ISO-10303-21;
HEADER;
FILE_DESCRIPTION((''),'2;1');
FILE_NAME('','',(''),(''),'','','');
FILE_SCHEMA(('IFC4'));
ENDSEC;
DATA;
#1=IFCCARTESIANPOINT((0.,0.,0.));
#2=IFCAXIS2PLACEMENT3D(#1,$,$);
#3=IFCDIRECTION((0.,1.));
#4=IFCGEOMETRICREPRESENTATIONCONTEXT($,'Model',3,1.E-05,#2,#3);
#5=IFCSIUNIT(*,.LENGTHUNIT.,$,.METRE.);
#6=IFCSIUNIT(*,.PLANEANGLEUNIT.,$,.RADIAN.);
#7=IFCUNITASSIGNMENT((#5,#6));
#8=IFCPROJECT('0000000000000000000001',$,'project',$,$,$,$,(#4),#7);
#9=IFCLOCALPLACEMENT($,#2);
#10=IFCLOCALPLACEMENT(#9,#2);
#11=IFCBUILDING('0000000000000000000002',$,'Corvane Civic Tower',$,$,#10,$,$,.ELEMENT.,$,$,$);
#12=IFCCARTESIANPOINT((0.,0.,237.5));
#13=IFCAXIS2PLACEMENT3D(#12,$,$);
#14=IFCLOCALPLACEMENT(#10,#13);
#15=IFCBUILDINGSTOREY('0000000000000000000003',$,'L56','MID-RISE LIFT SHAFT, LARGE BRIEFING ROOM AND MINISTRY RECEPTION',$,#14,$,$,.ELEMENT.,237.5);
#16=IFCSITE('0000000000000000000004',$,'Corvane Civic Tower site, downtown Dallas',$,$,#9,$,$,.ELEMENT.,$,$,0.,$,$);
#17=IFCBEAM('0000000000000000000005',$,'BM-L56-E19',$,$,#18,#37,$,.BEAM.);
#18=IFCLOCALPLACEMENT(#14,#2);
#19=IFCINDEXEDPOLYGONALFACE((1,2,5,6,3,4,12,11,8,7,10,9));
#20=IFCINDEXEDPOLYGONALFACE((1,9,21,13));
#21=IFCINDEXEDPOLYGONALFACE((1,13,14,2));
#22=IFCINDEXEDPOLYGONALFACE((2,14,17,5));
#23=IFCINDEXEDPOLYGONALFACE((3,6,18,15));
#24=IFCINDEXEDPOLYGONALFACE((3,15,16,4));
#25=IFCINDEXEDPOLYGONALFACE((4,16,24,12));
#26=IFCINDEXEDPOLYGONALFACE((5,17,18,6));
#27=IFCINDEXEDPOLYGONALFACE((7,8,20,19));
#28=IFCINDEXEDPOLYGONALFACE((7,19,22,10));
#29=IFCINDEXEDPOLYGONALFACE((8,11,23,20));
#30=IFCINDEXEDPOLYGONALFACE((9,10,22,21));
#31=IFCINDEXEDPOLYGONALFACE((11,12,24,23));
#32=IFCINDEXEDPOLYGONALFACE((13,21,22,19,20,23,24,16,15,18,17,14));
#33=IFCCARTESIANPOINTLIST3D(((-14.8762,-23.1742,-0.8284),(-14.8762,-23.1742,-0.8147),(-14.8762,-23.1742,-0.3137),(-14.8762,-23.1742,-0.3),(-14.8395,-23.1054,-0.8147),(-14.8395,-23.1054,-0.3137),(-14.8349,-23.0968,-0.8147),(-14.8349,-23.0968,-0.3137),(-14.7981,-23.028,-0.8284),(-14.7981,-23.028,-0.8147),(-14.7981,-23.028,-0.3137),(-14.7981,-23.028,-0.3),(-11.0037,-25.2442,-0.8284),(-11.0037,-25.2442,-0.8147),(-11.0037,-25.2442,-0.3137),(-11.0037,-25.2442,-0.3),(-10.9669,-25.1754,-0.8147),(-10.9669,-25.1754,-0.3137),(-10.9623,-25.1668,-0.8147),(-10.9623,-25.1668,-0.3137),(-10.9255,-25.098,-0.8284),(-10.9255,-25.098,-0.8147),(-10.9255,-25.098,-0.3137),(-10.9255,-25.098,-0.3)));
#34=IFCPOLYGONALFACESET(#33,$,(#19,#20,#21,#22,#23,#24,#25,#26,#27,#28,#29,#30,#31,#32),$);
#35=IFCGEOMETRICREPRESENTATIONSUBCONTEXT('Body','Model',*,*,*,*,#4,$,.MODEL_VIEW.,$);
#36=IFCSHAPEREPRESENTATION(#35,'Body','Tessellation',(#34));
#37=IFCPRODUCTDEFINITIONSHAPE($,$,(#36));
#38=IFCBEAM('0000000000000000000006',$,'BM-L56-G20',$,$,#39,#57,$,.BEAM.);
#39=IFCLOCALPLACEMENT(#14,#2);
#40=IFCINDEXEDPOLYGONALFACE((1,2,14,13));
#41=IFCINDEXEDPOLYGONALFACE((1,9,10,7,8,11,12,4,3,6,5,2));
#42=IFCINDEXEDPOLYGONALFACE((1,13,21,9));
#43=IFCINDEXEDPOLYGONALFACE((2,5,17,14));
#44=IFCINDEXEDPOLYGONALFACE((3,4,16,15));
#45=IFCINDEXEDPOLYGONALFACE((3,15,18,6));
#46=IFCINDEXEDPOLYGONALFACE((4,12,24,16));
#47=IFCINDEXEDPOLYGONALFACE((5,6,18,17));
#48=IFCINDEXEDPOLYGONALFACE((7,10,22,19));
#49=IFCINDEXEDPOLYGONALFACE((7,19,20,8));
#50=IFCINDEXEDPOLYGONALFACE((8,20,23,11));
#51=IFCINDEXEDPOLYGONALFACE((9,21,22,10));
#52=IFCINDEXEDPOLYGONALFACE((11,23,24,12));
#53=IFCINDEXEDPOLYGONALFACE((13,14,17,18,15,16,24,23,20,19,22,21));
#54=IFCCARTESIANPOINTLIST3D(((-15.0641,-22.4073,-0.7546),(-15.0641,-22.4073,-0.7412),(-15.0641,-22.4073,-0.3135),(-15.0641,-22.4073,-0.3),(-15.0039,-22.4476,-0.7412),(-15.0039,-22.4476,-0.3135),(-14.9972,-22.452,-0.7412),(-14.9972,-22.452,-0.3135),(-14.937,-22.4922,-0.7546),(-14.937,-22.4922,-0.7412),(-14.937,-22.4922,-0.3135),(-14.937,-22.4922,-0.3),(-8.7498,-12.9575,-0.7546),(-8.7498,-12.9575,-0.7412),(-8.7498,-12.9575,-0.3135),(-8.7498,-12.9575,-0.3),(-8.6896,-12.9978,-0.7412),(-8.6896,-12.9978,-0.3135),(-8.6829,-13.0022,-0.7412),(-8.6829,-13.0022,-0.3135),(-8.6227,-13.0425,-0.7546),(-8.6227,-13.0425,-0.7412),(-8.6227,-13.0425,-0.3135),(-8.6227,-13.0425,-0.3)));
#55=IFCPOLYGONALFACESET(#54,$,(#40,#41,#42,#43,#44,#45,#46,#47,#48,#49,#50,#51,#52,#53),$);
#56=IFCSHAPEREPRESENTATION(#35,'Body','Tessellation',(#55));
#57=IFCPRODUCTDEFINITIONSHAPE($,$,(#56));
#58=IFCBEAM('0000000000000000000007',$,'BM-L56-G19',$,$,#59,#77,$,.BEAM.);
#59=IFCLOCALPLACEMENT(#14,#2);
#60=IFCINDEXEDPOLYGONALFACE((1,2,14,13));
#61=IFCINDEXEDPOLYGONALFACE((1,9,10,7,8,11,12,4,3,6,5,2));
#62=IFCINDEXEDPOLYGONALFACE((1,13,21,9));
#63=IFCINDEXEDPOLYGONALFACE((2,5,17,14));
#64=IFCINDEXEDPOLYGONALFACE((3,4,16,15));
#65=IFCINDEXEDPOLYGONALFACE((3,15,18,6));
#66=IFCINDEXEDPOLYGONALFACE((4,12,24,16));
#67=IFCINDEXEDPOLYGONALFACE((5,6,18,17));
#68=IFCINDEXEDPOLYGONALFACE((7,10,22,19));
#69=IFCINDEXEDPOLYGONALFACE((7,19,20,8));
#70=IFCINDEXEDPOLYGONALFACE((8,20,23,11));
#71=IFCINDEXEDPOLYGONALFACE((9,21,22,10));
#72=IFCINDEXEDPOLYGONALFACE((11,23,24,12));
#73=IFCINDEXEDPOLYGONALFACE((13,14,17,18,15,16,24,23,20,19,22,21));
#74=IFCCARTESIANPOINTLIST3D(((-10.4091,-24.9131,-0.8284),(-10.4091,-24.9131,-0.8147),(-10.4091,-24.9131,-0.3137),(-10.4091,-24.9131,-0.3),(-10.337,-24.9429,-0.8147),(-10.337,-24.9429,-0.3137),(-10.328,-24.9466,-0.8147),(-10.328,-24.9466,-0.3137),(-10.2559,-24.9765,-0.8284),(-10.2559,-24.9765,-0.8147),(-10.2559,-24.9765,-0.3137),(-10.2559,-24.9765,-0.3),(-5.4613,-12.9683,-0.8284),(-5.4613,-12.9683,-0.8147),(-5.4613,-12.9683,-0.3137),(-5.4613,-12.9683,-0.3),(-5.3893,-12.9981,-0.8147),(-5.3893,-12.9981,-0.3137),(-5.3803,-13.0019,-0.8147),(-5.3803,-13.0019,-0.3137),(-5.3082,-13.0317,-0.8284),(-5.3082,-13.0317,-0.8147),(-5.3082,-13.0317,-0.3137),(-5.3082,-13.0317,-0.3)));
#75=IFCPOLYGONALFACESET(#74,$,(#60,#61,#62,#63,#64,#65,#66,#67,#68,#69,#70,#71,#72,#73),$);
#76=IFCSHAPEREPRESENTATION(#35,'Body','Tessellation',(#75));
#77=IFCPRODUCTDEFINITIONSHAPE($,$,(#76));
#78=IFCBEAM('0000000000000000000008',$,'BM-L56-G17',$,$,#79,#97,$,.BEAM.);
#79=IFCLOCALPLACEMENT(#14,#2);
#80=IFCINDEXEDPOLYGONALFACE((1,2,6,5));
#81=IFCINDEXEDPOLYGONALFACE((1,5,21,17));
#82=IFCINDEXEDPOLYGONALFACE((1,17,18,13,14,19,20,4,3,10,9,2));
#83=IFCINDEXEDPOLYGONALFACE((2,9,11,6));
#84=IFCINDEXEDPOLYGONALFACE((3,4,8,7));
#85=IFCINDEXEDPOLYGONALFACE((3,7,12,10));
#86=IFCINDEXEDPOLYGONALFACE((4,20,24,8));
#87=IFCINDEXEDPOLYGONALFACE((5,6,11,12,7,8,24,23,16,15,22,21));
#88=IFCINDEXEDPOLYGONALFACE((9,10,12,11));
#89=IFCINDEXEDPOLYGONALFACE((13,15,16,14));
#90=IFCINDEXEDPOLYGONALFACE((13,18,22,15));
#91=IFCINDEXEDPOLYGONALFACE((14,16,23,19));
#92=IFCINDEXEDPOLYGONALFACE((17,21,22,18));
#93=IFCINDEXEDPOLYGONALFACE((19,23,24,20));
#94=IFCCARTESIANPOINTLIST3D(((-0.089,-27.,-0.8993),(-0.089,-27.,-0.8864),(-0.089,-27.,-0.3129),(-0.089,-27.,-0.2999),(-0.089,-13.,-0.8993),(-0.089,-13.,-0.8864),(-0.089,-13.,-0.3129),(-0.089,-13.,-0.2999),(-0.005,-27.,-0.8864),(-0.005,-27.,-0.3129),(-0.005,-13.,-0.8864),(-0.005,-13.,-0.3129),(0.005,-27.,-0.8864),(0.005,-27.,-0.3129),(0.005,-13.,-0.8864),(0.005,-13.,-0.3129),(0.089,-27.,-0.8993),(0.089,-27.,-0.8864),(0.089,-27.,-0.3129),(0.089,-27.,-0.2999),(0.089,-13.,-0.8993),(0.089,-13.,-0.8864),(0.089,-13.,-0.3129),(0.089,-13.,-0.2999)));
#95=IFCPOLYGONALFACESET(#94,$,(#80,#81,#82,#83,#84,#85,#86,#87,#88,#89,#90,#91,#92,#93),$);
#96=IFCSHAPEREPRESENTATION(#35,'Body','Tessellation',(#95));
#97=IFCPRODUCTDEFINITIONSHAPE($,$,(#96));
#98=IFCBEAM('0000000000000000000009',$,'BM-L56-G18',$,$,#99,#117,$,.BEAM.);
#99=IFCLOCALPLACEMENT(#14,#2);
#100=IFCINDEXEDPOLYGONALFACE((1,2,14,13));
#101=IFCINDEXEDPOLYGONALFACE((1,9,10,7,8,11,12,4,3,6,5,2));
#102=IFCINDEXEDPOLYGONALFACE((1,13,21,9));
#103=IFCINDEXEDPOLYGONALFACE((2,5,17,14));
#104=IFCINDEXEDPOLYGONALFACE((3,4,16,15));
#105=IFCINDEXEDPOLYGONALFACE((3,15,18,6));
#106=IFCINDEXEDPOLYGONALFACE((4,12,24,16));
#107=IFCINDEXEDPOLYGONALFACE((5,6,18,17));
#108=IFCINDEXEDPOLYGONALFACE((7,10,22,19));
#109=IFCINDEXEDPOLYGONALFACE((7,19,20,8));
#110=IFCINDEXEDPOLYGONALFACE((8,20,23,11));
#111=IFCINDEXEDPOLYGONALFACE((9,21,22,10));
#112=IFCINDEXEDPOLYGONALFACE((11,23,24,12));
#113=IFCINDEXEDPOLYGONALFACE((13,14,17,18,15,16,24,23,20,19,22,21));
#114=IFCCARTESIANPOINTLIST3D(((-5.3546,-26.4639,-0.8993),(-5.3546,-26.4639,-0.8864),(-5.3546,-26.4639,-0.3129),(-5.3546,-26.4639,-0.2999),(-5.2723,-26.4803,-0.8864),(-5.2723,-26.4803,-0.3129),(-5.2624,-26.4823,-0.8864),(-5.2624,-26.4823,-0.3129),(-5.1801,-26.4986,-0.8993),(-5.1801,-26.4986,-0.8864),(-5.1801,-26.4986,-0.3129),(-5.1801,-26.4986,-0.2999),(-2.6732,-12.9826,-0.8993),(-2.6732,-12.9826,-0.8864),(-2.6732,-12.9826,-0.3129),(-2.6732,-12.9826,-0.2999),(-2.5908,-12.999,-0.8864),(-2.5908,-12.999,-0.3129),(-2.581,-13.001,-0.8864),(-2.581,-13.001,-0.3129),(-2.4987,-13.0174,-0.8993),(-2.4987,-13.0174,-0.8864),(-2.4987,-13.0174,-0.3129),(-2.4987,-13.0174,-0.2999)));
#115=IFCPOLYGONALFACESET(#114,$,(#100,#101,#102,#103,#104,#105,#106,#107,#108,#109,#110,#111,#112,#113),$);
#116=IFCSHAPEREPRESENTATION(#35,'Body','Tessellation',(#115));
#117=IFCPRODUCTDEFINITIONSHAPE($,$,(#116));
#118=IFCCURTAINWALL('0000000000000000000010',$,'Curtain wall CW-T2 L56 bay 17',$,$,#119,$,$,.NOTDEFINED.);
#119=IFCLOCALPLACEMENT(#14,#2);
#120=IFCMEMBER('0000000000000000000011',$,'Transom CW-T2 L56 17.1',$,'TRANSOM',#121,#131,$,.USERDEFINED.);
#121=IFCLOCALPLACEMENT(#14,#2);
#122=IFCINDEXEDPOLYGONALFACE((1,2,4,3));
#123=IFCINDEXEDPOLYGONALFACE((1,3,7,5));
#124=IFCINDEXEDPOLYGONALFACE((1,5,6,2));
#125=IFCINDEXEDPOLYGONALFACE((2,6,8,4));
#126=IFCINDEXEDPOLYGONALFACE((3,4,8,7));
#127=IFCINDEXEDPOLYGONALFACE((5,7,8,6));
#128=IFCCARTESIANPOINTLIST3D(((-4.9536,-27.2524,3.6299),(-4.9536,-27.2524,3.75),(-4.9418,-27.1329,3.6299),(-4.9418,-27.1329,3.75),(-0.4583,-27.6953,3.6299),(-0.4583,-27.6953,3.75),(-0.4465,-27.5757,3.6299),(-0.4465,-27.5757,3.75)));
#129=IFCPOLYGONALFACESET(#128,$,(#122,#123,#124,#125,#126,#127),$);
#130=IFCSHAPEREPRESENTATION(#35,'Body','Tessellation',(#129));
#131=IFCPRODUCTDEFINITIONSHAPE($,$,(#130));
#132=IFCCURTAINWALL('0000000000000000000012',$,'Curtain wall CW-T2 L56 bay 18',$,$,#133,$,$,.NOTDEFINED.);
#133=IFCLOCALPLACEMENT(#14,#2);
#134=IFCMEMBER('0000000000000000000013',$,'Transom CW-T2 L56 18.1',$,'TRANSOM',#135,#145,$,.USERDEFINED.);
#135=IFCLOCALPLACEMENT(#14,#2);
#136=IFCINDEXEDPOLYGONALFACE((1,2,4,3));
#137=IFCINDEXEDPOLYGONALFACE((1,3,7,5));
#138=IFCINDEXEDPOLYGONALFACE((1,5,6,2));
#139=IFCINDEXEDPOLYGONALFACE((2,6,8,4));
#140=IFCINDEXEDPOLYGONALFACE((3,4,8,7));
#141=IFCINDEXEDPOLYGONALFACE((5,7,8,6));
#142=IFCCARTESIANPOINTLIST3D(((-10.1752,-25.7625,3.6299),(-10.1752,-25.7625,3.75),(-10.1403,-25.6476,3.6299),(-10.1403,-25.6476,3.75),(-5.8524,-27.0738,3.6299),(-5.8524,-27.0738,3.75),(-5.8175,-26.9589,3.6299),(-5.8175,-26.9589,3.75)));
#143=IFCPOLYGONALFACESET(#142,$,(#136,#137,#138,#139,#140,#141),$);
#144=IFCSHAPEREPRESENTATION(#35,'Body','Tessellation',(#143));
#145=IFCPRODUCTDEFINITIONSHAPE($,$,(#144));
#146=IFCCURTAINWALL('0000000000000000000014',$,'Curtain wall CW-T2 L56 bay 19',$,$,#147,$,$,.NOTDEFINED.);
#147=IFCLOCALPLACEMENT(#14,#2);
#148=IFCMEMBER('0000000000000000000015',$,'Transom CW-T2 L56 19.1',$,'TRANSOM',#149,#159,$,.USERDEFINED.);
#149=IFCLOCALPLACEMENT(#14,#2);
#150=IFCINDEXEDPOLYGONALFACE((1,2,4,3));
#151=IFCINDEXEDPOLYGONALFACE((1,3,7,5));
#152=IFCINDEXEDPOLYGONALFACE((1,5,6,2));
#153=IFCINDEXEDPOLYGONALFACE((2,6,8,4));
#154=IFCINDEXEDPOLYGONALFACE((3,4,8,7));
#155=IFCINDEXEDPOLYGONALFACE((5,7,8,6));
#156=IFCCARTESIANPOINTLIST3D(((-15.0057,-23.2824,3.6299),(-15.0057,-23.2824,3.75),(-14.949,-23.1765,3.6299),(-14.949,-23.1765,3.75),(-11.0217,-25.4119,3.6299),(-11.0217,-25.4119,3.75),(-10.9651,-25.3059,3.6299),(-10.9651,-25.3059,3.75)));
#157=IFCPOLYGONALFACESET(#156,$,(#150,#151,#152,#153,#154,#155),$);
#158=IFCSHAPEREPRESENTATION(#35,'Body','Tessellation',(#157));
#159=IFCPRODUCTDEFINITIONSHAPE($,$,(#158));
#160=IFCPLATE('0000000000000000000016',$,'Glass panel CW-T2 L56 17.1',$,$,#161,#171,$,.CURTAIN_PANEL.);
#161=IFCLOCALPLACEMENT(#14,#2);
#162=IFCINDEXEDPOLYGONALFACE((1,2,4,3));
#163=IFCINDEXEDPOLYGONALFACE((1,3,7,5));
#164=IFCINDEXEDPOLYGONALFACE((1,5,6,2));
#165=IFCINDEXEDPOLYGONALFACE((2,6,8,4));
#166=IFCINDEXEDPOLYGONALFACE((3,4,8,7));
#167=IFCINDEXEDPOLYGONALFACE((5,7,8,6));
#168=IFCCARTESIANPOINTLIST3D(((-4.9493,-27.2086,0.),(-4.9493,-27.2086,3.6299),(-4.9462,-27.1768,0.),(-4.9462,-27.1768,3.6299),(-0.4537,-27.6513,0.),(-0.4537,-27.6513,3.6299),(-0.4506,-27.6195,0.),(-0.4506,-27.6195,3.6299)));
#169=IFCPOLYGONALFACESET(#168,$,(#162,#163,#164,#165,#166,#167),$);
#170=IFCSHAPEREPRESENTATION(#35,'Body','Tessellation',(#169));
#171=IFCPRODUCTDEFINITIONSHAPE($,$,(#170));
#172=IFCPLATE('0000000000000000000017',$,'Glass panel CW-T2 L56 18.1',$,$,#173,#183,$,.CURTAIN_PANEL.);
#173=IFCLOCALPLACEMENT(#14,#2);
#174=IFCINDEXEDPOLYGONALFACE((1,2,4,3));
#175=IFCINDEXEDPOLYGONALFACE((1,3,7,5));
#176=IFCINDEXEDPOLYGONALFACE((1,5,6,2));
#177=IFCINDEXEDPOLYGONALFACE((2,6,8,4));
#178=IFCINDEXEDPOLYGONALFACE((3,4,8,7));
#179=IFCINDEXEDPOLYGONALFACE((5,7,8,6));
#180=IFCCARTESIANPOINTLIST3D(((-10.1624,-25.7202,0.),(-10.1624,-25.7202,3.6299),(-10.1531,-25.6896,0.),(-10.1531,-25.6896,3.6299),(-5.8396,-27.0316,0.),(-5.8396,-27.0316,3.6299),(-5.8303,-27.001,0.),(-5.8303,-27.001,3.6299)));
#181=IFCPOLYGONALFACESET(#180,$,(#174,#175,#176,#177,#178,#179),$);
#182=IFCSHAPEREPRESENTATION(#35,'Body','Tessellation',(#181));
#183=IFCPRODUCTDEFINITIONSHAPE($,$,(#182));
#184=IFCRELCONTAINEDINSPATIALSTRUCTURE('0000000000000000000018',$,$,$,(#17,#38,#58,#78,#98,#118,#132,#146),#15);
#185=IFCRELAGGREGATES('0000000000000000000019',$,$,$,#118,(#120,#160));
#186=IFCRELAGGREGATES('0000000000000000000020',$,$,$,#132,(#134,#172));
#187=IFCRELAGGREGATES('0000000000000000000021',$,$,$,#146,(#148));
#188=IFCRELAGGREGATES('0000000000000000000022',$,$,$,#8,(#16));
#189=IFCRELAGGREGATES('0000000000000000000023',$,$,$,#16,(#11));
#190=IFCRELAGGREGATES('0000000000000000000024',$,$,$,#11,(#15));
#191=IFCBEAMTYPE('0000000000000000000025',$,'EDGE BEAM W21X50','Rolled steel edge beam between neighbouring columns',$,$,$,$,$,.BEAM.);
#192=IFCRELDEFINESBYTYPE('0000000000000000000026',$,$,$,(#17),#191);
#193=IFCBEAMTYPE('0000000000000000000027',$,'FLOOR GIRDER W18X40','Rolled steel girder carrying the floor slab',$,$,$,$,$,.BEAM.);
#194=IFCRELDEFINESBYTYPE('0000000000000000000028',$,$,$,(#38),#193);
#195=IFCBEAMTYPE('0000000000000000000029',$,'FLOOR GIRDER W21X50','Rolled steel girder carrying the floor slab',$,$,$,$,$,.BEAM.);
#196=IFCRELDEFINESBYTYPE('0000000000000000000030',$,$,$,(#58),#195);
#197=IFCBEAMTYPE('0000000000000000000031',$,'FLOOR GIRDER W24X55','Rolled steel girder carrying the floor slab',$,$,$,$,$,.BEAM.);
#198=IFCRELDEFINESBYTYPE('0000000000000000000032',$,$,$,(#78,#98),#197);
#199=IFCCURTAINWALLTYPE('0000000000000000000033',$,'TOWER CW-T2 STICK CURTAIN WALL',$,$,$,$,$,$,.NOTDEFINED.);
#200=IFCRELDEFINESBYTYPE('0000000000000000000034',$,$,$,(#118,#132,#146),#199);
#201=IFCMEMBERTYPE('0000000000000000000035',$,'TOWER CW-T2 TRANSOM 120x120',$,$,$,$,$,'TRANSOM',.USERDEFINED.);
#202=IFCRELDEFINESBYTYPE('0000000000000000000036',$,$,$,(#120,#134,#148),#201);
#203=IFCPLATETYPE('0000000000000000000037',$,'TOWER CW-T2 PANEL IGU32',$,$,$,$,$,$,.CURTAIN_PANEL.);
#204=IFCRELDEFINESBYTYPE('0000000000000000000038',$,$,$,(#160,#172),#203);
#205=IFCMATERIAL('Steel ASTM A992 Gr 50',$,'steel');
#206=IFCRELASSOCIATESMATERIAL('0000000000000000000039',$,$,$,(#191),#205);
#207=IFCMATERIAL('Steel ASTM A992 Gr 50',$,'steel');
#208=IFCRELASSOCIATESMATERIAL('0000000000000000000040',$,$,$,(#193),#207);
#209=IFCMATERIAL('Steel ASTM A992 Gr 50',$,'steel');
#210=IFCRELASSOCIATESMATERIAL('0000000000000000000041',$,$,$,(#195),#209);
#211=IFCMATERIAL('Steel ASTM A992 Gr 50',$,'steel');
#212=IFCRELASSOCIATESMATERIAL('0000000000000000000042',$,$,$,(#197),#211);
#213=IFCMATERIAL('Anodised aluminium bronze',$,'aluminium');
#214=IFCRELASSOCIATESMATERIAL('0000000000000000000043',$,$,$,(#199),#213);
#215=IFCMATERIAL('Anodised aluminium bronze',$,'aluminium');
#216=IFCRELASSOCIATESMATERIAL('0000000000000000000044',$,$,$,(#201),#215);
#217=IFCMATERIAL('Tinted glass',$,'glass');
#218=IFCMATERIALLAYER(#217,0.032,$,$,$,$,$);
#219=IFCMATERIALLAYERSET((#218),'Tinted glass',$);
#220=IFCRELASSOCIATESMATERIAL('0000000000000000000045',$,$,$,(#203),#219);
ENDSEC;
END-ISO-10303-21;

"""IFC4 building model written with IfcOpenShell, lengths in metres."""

from ifc_helpers import new_model, si_unit, direction, frame, origin, origin_2d, place, context, subcontext, project, spatial, rectangle, i_section, extrude, material, layer, layer_set, material_profile, profile_set, type_object, element, aggregate, save


model = new_model("IFC4")

# Units and contexts
model_context = context("Model", 3, precision=1e-05, world=origin(), true_north=direction((0.0, 1.0)))
body_context = subcontext(model_context, "Body", "Model", "MODEL_VIEW")
ifc_project = project(units=[si_unit("LENGTHUNIT", "METRE"), si_unit("PLANEANGLEUNIT", "RADIAN")], contexts=[model_context])

# Site, building, storey
site_placement = place(None, origin())
site = spatial("IfcSite", under=ifc_project, at=site_placement, Name="Corvane Civic Tower site, downtown Dallas", CompositionType="ELEMENT", RefElevation=0.0)
building_placement = place(site_placement, origin())
building = spatial("IfcBuilding", under=site, at=building_placement, Name="Corvane Civic Tower", CompositionType="ELEMENT")
storey_placement = place(building_placement, frame((0.0, 0.0, 237.5)))
storey = spatial("IfcBuildingStorey", under=building, at=storey_placement, Name="L56", Description="MID-RISE LIFT SHAFT, LARGE BRIEFING ROOM AND MINISTRY RECEPTION", CompositionType="ELEMENT", Elevation=237.5)

# Beams
ifc_material_1 = material(Name="Steel ASTM A992 Gr 50", Category="steel")
ifc_material_profile_1 = material_profile(ifc_material_1, i_section(OverallWidth=0.1658, OverallDepth=0.5283, WebThickness=0.0098, FlangeThickness=0.0137, at=origin_2d()), Name="W21X50")
ifc_profile_set_1 = profile_set([ifc_material_profile_1], Name="Steel ASTM A992 Gr 50")
beam_type_1 = type_object("IfcBeamType", Name="EDGE BEAM W21X50", Description="Rolled steel edge beam between neighbouring columns", PredefinedType="BEAM", material=ifc_profile_set_1)
beam_1_placement = place(storey_placement, frame((-10.9646, -25.1711, -0.5642), z_axis=(-0.881908, 0.471422, 0.0), x_axis=(-0.471422, -0.881908, 0.0)))
element("IfcBeam", 1, at=beam_1_placement, inside=storey, type_object=beam_type_1, Name="BM-L56-E19", PredefinedType="BEAM", context=body_context, shape_type="SweptSolid", body=[
    extrude(i_section(OverallWidth=0.1658, OverallDepth=0.5283, WebThickness=0.0098, FlangeThickness=0.0137, at=origin_2d()), origin(), (0.0, 0.0, 1.0), 4.3911),
])
ifc_material_2 = material(Name="Steel ASTM A992 Gr 50", Category="steel")
ifc_material_profile_2 = material_profile(ifc_material_2, i_section(OverallWidth=0.1528, OverallDepth=0.4546, WebThickness=0.0081, FlangeThickness=0.0134, at=origin_2d()), Name="W18X40")
ifc_profile_set_2 = profile_set([ifc_material_profile_2], Name="Steel ASTM A992 Gr 50")
beam_type_2 = type_object("IfcBeamType", Name="FLOOR GIRDER W18X40", Description="Rolled steel girder carrying the floor slab", PredefinedType="BEAM", material=ifc_profile_set_2)
beam_2_placement = place(storey_placement, frame((-8.6863, -13.0, -0.5273), z_axis=(-0.555577, -0.831465, 0.0), x_axis=(0.831465, -0.555577, 0.0)))
element("IfcBeam", 2, at=beam_2_placement, inside=storey, type_object=beam_type_2, Name="BM-L56-G20", PredefinedType="BEAM", context=body_context, shape_type="SweptSolid", body=[
    extrude(i_section(OverallWidth=0.1528, OverallDepth=0.4546, WebThickness=0.0081, FlangeThickness=0.0134, at=origin_2d()), origin(), (0.0, 0.0, 1.0), 11.3652),
])
ifc_material_3 = material(Name="Steel ASTM A992 Gr 50", Category="steel")
ifc_material_profile_3 = material_profile(ifc_material_3, i_section(OverallWidth=0.1658, OverallDepth=0.5283, WebThickness=0.0098, FlangeThickness=0.0137, at=origin_2d()), Name="W21X50")
ifc_profile_set_3 = profile_set([ifc_material_profile_3], Name="Steel ASTM A992 Gr 50")
beam_type_3 = type_object("IfcBeamType", Name="FLOOR GIRDER W21X50", Description="Rolled steel girder carrying the floor slab", PredefinedType="BEAM", material=ifc_profile_set_3)
beam_3_placement = place(storey_placement, frame((-5.3848, -13.0, -0.5642), z_axis=(-0.382686, -0.923878, 0.0), x_axis=(0.923878, -0.382686, 0.0)))
element("IfcBeam", 3, at=beam_3_placement, inside=storey, type_object=beam_type_3, Name="BM-L56-G19", PredefinedType="BEAM", context=body_context, shape_type="SweptSolid", body=[
    extrude(i_section(OverallWidth=0.1658, OverallDepth=0.5283, WebThickness=0.0098, FlangeThickness=0.0137, at=origin_2d()), origin(), (0.0, 0.0, 1.0), 12.929),
])
ifc_material_4 = material(Name="Steel ASTM A992 Gr 50", Category="steel")
ifc_material_profile_4 = material_profile(ifc_material_4, i_section(OverallWidth=0.178, OverallDepth=0.5994, WebThickness=0.01, FlangeThickness=0.0129, at=origin_2d()), Name="W24X55")
ifc_profile_set_4 = profile_set([ifc_material_profile_4], Name="Steel ASTM A992 Gr 50")
beam_type_4 = type_object("IfcBeamType", Name="FLOOR GIRDER W24X55", Description="Rolled steel girder carrying the floor slab", PredefinedType="BEAM", material=ifc_profile_set_4)
beam_4_placement = place(storey_placement, frame((0.0, -13.0, -0.5996), z_axis=(0.0, -1.0, 0.0), x_axis=(1.0, 0.0, 0.0)))
element("IfcBeam", 4, at=beam_4_placement, inside=storey, type_object=beam_type_4, Name="BM-L56-G17", PredefinedType="BEAM", context=body_context, shape_type="SweptSolid", body=[
    extrude(i_section(OverallWidth=0.178, OverallDepth=0.5994, WebThickness=0.01, FlangeThickness=0.0129, at=origin_2d()), origin(), (0.0, 0.0, 1.0), 14.0),
])
beam_5_placement = place(storey_placement, frame((-2.5859, -13.0, -0.5996), z_axis=(-0.195078, -0.980788, 0.0), x_axis=(0.980788, -0.195078, 0.0)))
element("IfcBeam", 5, at=beam_5_placement, inside=storey, type_object=beam_type_4, Name="BM-L56-G18", PredefinedType="BEAM", context=body_context, shape_type="SweptSolid", body=[
    extrude(i_section(OverallWidth=0.178, OverallDepth=0.5994, WebThickness=0.01, FlangeThickness=0.0129, at=origin_2d()), origin(), (0.0, 0.0, 1.0), 13.7454),
])

# Curtain walls, members
ifc_material_5 = material(Name="Anodised aluminium bronze", Category="aluminium")
curtain_wall_type = type_object("IfcCurtainWallType", Name="TOWER CW-T2 STICK CURTAIN WALL", PredefinedType="NOTDEFINED", material=ifc_material_5)
curtain_wall_1_placement = place(storey_placement, origin())
curtain_wall_1 = element("IfcCurtainWall", 6, at=curtain_wall_1_placement, inside=storey, type_object=curtain_wall_type, Name="Curtain wall CW-T2 L56 bay 17", PredefinedType="NOTDEFINED")
ifc_material_6 = material(Name="Anodised aluminium bronze", Category="aluminium")
ifc_material_profile_5 = material_profile(ifc_material_6, rectangle(XDim=0.1201, YDim=0.1201, at=origin_2d()), Name="TOWER CW-T2 TRANSOM 120x120")
ifc_profile_set_5 = profile_set([ifc_material_profile_5], Name="Anodised aluminium bronze")
member_type = type_object("IfcMemberType", Name="TOWER CW-T2 TRANSOM 120x120", ElementType="TRANSOM", PredefinedType="USERDEFINED", material=ifc_profile_set_5)
member_1_placement = place(storey_placement, frame((-0.4524, -27.6355, 3.6899), z_axis=(-0.995182, 0.098043, 0.0), x_axis=(-0.098043, -0.995182, 0.0)))
member_1 = element("IfcMember", 7, at=member_1_placement, type_object=member_type, Name="Transom CW-T2 L56 17.1", ObjectType="TRANSOM", PredefinedType="USERDEFINED", context=body_context, shape_type="SweptSolid", body=[
    extrude(rectangle(XDim=0.1201, YDim=0.1201, at=origin_2d()), origin(), (0.0, 0.0, 1.0), 4.5171),
])
curtain_wall_2_placement = place(storey_placement, origin())
curtain_wall_2 = element("IfcCurtainWall", 8, at=curtain_wall_2_placement, inside=storey, type_object=curtain_wall_type, Name="Curtain wall CW-T2 L56 bay 18", PredefinedType="NOTDEFINED")
member_2_placement = place(storey_placement, frame((-5.835, -27.0164, 3.6899), z_axis=(-0.956941, 0.290282, 0.0), x_axis=(-0.290282, -0.956941, 0.0)))
member_2 = element("IfcMember", 9, at=member_2_placement, type_object=member_type, Name="Transom CW-T2 L56 18.1", ObjectType="TRANSOM", PredefinedType="USERDEFINED", context=body_context, shape_type="SweptSolid", body=[
    extrude(rectangle(XDim=0.1201, YDim=0.1201, at=origin_2d()), origin(), (0.0, 0.0, 1.0), 4.5173),
])
curtain_wall_3_placement = place(storey_placement, origin())
curtain_wall_3 = element("IfcCurtainWall", 10, at=curtain_wall_3_placement, inside=storey, type_object=curtain_wall_type, Name="Curtain wall CW-T2 L56 bay 19", PredefinedType="NOTDEFINED")
member_3_placement = place(storey_placement, frame((-10.9934, -25.3589, 3.6899), z_axis=(-0.881925, 0.47139, 0.0), x_axis=(-0.47139, -0.881925, 0.0)))
member_3 = element("IfcMember", 11, at=member_3_placement, type_object=member_type, Name="Transom CW-T2 L56 19.1", ObjectType="TRANSOM", PredefinedType="USERDEFINED", context=body_context, shape_type="SweptSolid", body=[
    extrude(rectangle(XDim=0.1201, YDim=0.1201, at=origin_2d()), origin(), (0.0, 0.0, 1.0), 4.5173),
])

# Plates
ifc_material_7 = material(Name="Tinted glass", Category="glass")
ifc_layer_1 = layer(ifc_material_7, 0.032)
ifc_layer_set_1 = layer_set([ifc_layer_1], Name="Tinted glass")
plate_type = type_object("IfcPlateType", Name="TOWER CW-T2 PANEL IGU32", PredefinedType="CURTAIN_PANEL", material=ifc_layer_set_1)
plate_1_placement = place(storey_placement, frame((-2.7, -27.4141, 0.0), z_axis=(0.0, 0.0, 1.0), x_axis=(-0.995187, 0.097993, 0.0)))
plate_1 = element("IfcPlate", 12, at=plate_1_placement, type_object=plate_type, Name="Glass panel CW-T2 L56 17.1", PredefinedType="CURTAIN_PANEL", context=body_context, shape_type="SweptSolid", body=[
    extrude(rectangle(XDim=4.5173, YDim=0.032, at=origin_2d()), origin(), (0.0, 0.0, 1.0), 3.6299),
])
aggregate(curtain_wall_1, [member_1, plate_1])
plate_2_placement = place(storey_placement, frame((-7.9963, -26.3606, 0.0), z_axis=(0.0, 0.0, 1.0), x_axis=(-0.956939, 0.29029, 0.0)))
plate_2 = element("IfcPlate", 13, at=plate_2_placement, type_object=plate_type, Name="Glass panel CW-T2 L56 18.1", PredefinedType="CURTAIN_PANEL", context=body_context, shape_type="SweptSolid", body=[
    extrude(rectangle(XDim=4.5173, YDim=0.032, at=origin_2d()), origin(), (0.0, 0.0, 1.0), 3.6299),
])
aggregate(curtain_wall_2, [member_2, plate_2])
aggregate(curtain_wall_3, [member_3])

save(model, "model.ifc")
